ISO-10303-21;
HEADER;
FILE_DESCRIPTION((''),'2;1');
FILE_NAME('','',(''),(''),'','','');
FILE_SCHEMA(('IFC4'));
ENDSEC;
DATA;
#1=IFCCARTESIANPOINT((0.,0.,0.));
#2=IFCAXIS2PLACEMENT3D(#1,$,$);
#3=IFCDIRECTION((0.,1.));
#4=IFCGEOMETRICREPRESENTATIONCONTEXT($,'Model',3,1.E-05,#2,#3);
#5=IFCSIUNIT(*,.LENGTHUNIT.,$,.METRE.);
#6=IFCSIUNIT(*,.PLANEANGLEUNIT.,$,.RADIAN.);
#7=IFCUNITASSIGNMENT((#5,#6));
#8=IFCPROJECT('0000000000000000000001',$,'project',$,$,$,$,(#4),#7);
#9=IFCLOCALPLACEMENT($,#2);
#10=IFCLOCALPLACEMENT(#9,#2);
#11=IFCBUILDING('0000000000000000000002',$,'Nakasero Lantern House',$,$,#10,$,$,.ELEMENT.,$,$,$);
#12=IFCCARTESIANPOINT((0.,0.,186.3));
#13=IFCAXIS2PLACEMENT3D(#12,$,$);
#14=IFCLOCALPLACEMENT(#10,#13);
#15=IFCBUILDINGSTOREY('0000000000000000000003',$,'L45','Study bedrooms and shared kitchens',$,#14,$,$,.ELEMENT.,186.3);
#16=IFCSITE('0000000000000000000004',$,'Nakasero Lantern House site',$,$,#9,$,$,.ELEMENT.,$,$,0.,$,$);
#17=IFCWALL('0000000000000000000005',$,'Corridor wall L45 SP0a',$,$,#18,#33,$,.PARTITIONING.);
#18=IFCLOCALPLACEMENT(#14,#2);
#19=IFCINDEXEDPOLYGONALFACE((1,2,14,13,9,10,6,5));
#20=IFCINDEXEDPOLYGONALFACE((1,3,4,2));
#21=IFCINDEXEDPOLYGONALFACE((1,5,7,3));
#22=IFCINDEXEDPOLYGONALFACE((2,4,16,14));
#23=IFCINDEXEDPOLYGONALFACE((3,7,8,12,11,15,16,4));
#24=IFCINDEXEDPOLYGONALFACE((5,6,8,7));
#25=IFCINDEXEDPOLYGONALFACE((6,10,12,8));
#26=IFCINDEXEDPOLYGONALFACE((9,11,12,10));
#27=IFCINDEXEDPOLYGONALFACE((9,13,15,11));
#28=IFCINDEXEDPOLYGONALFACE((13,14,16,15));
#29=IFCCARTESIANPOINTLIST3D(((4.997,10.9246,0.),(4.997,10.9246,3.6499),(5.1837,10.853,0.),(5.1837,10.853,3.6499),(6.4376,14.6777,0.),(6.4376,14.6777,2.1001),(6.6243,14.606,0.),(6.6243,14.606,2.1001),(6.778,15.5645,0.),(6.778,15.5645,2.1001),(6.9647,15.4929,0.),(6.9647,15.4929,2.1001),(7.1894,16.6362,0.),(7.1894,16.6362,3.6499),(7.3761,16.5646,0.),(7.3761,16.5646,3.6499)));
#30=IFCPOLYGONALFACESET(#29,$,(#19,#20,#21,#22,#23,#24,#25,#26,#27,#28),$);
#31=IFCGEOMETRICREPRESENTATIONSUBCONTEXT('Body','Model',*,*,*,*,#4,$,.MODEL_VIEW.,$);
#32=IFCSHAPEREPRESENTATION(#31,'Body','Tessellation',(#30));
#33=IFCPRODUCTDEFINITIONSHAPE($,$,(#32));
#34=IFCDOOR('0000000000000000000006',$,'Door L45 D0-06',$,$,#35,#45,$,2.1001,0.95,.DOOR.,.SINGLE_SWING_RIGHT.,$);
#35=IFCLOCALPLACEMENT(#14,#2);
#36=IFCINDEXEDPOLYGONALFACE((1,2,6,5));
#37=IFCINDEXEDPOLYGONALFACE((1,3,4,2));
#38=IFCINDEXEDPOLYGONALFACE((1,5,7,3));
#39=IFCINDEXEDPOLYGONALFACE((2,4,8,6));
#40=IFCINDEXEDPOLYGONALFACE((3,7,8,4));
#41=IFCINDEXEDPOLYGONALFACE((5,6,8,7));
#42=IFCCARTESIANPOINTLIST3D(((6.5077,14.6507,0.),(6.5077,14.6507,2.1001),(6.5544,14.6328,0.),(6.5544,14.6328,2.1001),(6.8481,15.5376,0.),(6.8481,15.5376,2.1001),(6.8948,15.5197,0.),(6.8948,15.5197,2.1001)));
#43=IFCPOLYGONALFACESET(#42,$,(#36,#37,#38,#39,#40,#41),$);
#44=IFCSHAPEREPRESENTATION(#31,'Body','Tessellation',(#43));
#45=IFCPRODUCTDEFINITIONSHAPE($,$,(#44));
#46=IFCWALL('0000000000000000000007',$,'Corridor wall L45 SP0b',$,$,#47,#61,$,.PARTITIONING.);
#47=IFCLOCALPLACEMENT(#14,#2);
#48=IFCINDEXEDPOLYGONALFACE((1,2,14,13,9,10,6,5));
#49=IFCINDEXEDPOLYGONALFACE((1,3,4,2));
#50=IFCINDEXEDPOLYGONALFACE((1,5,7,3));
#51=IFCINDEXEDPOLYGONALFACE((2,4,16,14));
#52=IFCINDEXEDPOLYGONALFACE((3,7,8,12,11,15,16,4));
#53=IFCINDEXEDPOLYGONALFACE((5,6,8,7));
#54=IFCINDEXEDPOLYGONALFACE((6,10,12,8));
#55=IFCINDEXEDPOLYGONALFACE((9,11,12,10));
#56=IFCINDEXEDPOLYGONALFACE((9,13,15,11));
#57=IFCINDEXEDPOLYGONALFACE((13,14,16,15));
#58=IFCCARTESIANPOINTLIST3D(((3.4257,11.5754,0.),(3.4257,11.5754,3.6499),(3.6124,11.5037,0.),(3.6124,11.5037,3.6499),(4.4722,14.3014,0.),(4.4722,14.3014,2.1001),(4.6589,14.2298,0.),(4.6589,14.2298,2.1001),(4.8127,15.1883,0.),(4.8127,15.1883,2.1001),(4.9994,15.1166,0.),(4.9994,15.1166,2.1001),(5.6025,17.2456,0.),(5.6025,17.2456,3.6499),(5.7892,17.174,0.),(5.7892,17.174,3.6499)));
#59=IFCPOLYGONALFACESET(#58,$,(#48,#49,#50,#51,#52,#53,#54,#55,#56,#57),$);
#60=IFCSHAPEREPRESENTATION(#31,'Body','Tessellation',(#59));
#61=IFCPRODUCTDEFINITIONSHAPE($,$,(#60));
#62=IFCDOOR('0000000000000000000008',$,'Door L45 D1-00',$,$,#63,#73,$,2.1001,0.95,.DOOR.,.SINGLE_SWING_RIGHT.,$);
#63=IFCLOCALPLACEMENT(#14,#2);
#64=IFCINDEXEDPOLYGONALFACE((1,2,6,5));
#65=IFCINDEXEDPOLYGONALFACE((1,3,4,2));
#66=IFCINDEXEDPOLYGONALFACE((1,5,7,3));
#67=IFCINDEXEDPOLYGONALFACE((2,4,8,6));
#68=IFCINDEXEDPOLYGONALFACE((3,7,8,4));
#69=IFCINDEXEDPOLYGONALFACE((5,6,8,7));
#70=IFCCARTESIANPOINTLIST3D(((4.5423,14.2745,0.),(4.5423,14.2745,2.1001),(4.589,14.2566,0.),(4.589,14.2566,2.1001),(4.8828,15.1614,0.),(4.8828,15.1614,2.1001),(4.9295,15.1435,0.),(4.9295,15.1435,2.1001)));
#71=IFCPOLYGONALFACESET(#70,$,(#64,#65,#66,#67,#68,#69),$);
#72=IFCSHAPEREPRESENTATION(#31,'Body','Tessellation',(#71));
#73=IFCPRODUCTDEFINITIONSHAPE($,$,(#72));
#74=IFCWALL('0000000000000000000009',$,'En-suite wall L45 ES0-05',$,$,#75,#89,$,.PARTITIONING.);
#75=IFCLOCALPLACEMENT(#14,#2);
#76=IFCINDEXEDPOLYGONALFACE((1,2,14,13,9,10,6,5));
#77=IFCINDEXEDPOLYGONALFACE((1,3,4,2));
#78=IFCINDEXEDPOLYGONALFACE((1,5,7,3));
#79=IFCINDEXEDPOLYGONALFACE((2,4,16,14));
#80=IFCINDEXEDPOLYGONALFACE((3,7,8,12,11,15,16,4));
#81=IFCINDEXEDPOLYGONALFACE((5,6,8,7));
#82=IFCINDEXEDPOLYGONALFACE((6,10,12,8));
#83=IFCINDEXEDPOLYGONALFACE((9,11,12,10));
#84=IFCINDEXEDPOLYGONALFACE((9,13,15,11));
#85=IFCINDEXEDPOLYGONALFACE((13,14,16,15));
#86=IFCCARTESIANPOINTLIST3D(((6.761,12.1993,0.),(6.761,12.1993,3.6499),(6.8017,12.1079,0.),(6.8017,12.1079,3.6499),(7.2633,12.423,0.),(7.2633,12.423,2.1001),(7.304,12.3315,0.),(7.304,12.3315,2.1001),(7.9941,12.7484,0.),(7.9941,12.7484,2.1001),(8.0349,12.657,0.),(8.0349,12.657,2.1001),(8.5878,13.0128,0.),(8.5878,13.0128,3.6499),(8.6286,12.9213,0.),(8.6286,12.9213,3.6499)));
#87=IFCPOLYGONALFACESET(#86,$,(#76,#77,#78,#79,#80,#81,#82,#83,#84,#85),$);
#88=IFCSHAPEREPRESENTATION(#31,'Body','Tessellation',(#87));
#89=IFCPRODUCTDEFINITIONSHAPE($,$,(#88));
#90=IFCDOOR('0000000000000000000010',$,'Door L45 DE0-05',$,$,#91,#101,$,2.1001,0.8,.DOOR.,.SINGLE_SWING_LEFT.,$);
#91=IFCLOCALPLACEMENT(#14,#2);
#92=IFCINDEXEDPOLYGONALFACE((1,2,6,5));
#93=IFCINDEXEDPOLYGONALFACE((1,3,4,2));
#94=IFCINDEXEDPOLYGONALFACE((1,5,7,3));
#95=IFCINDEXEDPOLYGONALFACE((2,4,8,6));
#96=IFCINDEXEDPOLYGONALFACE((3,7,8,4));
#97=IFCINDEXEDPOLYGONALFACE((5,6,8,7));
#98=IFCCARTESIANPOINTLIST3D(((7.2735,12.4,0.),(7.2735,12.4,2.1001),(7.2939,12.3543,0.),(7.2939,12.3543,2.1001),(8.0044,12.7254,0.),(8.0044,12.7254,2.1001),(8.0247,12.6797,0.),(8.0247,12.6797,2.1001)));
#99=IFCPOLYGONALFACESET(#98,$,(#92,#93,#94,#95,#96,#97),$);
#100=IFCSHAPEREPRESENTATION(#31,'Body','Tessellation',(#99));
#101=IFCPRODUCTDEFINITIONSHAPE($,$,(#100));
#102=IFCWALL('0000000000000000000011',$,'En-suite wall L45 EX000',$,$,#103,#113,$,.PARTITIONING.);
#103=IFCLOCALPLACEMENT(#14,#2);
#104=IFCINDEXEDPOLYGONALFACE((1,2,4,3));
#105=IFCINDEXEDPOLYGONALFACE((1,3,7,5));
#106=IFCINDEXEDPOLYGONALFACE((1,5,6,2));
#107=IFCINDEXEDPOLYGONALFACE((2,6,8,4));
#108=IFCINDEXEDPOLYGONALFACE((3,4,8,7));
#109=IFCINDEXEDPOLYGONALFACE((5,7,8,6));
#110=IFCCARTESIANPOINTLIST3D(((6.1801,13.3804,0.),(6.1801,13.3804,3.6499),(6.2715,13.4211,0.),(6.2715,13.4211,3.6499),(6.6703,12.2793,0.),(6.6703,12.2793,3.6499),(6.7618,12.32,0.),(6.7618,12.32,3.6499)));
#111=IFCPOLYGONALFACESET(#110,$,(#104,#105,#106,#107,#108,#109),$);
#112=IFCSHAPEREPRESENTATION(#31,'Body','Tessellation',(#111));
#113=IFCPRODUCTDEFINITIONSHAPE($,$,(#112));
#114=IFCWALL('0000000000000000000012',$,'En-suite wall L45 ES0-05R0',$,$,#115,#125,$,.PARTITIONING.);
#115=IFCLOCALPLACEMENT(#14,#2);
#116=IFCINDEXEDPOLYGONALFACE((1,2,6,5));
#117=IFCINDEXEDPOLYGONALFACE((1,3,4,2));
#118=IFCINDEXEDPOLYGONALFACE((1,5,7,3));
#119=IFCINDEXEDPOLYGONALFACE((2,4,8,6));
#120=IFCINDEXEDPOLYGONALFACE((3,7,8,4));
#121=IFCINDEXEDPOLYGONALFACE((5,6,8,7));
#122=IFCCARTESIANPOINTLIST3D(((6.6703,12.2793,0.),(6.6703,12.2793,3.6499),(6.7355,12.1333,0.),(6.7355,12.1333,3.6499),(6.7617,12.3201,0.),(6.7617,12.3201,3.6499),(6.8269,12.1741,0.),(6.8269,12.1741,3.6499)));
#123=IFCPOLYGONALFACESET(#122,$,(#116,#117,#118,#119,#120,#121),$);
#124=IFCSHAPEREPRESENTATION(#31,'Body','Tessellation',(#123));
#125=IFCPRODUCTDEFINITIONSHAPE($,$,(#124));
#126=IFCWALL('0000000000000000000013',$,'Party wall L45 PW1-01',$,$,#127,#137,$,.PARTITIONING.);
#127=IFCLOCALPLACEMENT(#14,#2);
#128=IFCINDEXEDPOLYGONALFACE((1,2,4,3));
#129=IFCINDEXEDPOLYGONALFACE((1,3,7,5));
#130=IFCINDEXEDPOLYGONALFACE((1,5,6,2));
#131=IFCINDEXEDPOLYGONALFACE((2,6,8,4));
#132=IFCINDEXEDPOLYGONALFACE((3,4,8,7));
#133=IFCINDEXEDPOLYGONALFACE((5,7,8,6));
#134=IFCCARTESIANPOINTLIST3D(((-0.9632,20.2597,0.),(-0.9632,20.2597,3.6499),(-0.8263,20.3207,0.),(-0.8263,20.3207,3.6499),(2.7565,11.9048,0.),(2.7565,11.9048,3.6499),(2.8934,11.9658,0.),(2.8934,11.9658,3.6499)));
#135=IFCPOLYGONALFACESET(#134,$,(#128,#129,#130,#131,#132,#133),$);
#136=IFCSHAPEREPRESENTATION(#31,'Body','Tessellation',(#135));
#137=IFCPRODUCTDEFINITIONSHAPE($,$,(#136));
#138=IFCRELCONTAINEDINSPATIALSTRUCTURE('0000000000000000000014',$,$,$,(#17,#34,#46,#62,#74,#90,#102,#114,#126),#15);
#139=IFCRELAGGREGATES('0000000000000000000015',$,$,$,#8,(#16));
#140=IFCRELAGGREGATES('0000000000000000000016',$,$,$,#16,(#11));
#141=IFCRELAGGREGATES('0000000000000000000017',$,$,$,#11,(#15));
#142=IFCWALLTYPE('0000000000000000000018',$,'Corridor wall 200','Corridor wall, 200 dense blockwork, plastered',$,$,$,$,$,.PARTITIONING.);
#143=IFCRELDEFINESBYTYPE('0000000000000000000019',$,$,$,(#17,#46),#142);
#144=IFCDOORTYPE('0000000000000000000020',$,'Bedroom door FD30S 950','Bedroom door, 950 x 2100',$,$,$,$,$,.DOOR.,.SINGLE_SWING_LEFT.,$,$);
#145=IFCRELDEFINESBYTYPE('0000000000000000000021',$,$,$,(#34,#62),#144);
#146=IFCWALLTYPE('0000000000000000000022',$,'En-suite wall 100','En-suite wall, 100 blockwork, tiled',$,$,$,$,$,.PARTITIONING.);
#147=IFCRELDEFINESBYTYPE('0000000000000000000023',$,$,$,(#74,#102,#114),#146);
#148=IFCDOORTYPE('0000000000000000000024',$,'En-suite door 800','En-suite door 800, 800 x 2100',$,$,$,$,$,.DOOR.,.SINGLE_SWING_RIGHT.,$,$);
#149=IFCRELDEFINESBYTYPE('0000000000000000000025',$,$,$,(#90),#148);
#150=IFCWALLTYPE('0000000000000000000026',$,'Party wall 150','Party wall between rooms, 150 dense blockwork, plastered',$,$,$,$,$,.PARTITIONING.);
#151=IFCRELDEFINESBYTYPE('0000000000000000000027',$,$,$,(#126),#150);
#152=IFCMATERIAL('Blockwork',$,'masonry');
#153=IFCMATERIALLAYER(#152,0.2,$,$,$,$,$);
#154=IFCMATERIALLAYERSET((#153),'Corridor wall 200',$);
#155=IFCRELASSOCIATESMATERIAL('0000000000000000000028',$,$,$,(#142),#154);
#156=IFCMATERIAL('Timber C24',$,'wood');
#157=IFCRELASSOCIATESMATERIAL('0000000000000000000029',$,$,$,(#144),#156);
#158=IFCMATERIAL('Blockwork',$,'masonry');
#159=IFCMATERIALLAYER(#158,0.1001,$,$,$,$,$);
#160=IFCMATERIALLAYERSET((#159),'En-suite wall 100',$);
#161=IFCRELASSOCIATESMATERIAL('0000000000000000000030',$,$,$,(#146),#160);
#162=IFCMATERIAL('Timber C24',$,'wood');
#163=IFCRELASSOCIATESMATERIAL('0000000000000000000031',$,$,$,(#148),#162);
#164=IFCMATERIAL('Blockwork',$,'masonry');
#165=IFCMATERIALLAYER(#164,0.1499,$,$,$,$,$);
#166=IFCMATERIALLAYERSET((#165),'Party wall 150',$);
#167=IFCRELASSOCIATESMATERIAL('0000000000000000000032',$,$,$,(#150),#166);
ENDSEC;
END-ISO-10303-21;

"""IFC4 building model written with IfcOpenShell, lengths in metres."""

from ifc_helpers import new_model, si_unit, direction, frame, frame_2d, origin, place, context, subcontext, project, spatial, rectangle, extrude, material, layer, layer_set, type_object, element, fill, save


model = new_model("IFC4")

# Units and contexts
model_context = context("Model", 3, precision=1e-05, world=origin(), true_north=direction((0.0, 1.0)))
body_context = subcontext(model_context, "Body", "Model", "MODEL_VIEW")
ifc_project = project(units=[si_unit("LENGTHUNIT", "METRE"), si_unit("PLANEANGLEUNIT", "RADIAN")], contexts=[model_context])

# Site, building, storey
site_placement = place(None, origin())
site = spatial("IfcSite", under=ifc_project, at=site_placement, Name="Nakasero Lantern House site", CompositionType="ELEMENT", RefElevation=0.0)
building_placement = place(site_placement, origin())
building = spatial("IfcBuilding", under=site, at=building_placement, Name="Nakasero Lantern House", CompositionType="ELEMENT")
storey_placement = place(building_placement, frame((0.0, 0.0, 186.3)))
storey = spatial("IfcBuildingStorey", under=building, at=storey_placement, Name="L45", Description="Study bedrooms and shared kitchens", CompositionType="ELEMENT", Elevation=186.3)

# Shared definitions
ifc_material_1 = material(Name="Blockwork", Category="masonry")
ifc_layer_1 = layer(ifc_material_1, 0.2)
ifc_layer_set_1 = layer_set([ifc_layer_1], Name="Corridor wall 200")
wall_type_1 = type_object("IfcWallType", Name="Corridor wall 200", Description="Corridor wall, 200 dense blockwork, plastered", PredefinedType="PARTITIONING", material=ifc_layer_set_1)

# Walls, openings, doors
wall_1_placement = place(storey_placement, frame((5.0903, 10.8887, 0.0), z_axis=(0.0, 0.0, 1.0), x_axis=(0.358351, 0.933587, 0.0)))
wall_1 = element("IfcWall", 1, at=wall_1_placement, inside=storey, type_object=wall_type_1, Name="Corridor wall L45 SP0a", PredefinedType="PARTITIONING", context=body_context, shape_type="SweptSolid", body=[
    extrude(rectangle(XDim=6.1179, YDim=0.2, at=frame_2d((3.0591, 0.0))), origin(), (0.0, 0.0, 1.0), 3.6499),
])
opening_1_placement = place(wall_1_placement, frame((4.02, 0.0, 0.0)))
opening_1 = element("IfcOpeningElement", 2, at=opening_1_placement, cuts=wall_1, PredefinedType="OPENING", context=body_context, shape_type="SweptSolid", body=[
    extrude(rectangle(XDim=0.95, YDim=2.1001, at=frame_2d((0.4751, 1.05))), frame((0.0, 0.1199, 0.0), z_axis=(0.0, -1.0, 0.0), x_axis=(1.0, 0.0, 0.0)), (0.0, 0.0, 1.0), 0.24),
])
ifc_material_2 = material(Name="Timber C24", Category="wood")
door_type_1 = type_object("IfcDoorType", Name="Bedroom door FD30S 950", Description="Bedroom door, 950 x 2100", OperationType="SINGLE_SWING_LEFT", PredefinedType="DOOR", material=ifc_material_2)
door_1_placement = place(opening_1_placement, origin())
door_1 = element("IfcDoor", 3, at=door_1_placement, inside=storey, type_object=door_type_1, Name="Door L45 D0-06", OperationType="SINGLE_SWING_RIGHT", OverallHeight=2.1001, OverallWidth=0.95, PredefinedType="DOOR", context=body_context, shape_type="SweptSolid", body=[
    extrude(rectangle(XDim=0.95, YDim=2.1001, at=frame_2d((0.4751, 1.05))), frame((0.0, 0.0249, 0.0), z_axis=(0.0, -1.0, 0.0), x_axis=(1.0, 0.0, 0.0)), (0.0, 0.0, 1.0), 0.05),
])
fill(opening_1, door_1)
wall_2_placement = place(storey_placement, frame((3.519, 11.5396, 0.0), z_axis=(0.0, 0.0, 1.0), x_axis=(0.358394, 0.93357, 0.0)))
wall_2 = element("IfcWall", 4, at=wall_2_placement, inside=storey, type_object=wall_type_1, Name="Corridor wall L45 SP0b", PredefinedType="PARTITIONING", context=body_context, shape_type="SweptSolid", body=[
    extrude(rectangle(XDim=6.0737, YDim=0.2, at=frame_2d((3.0369, 0.0))), origin(), (0.0, 0.0, 1.0), 3.6499),
])
opening_2_placement = place(wall_2_placement, frame((2.9199, 0.0, 0.0)))
opening_2 = element("IfcOpeningElement", 5, at=opening_2_placement, cuts=wall_2, PredefinedType="OPENING", context=body_context, shape_type="SweptSolid", body=[
    extrude(rectangle(XDim=0.95, YDim=2.1001, at=frame_2d((0.4751, 1.05))), frame((0.0, 0.1199, 0.0), z_axis=(0.0, -1.0, 0.0), x_axis=(1.0, 0.0, 0.0)), (0.0, 0.0, 1.0), 0.24),
])
door_2_placement = place(opening_2_placement, origin())
door_2 = element("IfcDoor", 6, at=door_2_placement, inside=storey, type_object=door_type_1, Name="Door L45 D1-00", OperationType="SINGLE_SWING_RIGHT", OverallHeight=2.1001, OverallWidth=0.95, PredefinedType="DOOR", context=body_context, shape_type="SweptSolid", body=[
    extrude(rectangle(XDim=0.95, YDim=2.1001, at=frame_2d((0.4751, 1.05))), frame((0.0, 0.0249, 0.0), z_axis=(0.0, -1.0, 0.0), x_axis=(1.0, 0.0, 0.0)), (0.0, 0.0, 1.0), 0.05),
])
fill(opening_2, door_2)
ifc_material_3 = material(Name="Blockwork", Category="masonry")
ifc_layer_2 = layer(ifc_material_3, 0.1001)
ifc_layer_set_2 = layer_set([ifc_layer_2], Name="En-suite wall 100")
wall_type_2 = type_object("IfcWallType", Name="En-suite wall 100", Description="En-suite wall, 100 blockwork, tiled", PredefinedType="PARTITIONING", material=ifc_layer_set_2)
wall_3_placement = place(storey_placement, frame((6.7812, 12.1536, 0.0), z_axis=(0.0, 0.0, 1.0), x_axis=(0.913529, 0.406773, 0.0)))
wall_3 = element("IfcWall", 7, at=wall_3_placement, inside=storey, type_object=wall_type_2, Name="En-suite wall L45 ES0-05", PredefinedType="PARTITIONING", context=body_context, shape_type="SweptSolid", body=[
    extrude(rectangle(XDim=1.9998, YDim=0.1001, at=frame_2d((1.0, 0.0))), origin(), (0.0, 0.0, 1.0), 3.6499),
])
opening_3_placement = place(wall_3_placement, frame((0.55, 0.0, 0.0)))
opening_3 = element("IfcOpeningElement", 8, at=opening_3_placement, cuts=wall_3, PredefinedType="OPENING", context=body_context, shape_type="SweptSolid", body=[
    extrude(rectangle(XDim=0.8, YDim=2.1001, at=frame_2d((0.3999, 1.05))), frame((0.0, 0.0701, 0.0), z_axis=(0.0, -1.0, 0.0), x_axis=(1.0, 0.0, 0.0)), (0.0, 0.0, 1.0), 0.1401),
])
ifc_material_4 = material(Name="Timber C24", Category="wood")
door_type_2 = type_object("IfcDoorType", Name="En-suite door 800", Description="En-suite door 800, 800 x 2100", OperationType="SINGLE_SWING_RIGHT", PredefinedType="DOOR", material=ifc_material_4)
door_3_placement = place(opening_3_placement, origin())
door_3 = element("IfcDoor", 9, at=door_3_placement, inside=storey, type_object=door_type_2, Name="Door L45 DE0-05", OperationType="SINGLE_SWING_LEFT", OverallHeight=2.1001, OverallWidth=0.8, PredefinedType="DOOR", context=body_context, shape_type="SweptSolid", body=[
    extrude(rectangle(XDim=0.8, YDim=2.1001, at=frame_2d((0.3999, 1.05))), frame((0.0, 0.0249, 0.0), z_axis=(0.0, -1.0, 0.0), x_axis=(1.0, 0.0, 0.0)), (0.0, 0.0, 1.0), 0.05),
])
fill(opening_3, door_3)

# Walls
wall_4_placement = place(storey_placement, frame((6.2258, 13.4006, 0.0), z_axis=(0.0, 0.0, 1.0), x_axis=(0.40674, -0.913544, 0.0)))
element("IfcWall", 10, at=wall_4_placement, inside=storey, type_object=wall_type_2, Name="En-suite wall L45 EX000", PredefinedType="PARTITIONING", context=body_context, shape_type="SweptSolid", body=[
    extrude(rectangle(XDim=1.2053, YDim=0.1001, at=frame_2d((0.6025, 0.0))), origin(), (0.0, 0.0, 1.0), 3.6499),
])
wall_5_placement = place(storey_placement, frame((6.7812, 12.1536, 0.0), z_axis=(0.0, 0.0, 1.0), x_axis=(-0.407696, 0.913118, 0.0)))
element("IfcWall", 11, at=wall_5_placement, inside=storey, type_object=wall_type_2, Name="En-suite wall L45 ES0-05R0", PredefinedType="PARTITIONING", context=body_context, shape_type="SweptSolid", body=[
    extrude(rectangle(XDim=0.1599, YDim=0.1001, at=frame_2d((0.0801, 0.0))), origin(), (0.0, 0.0, 1.0), 3.6499),
])
ifc_material_5 = material(Name="Blockwork", Category="masonry")
ifc_layer_3 = layer(ifc_material_5, 0.1499)
ifc_layer_set_3 = layer_set([ifc_layer_3], Name="Party wall 150")
wall_type_3 = type_object("IfcWallType", Name="Party wall 150", Description="Party wall between rooms, 150 dense blockwork, plastered", PredefinedType="PARTITIONING", material=ifc_layer_set_3)
wall_6_placement = place(storey_placement, frame((2.825, 11.9353, 0.0), z_axis=(0.0, 0.0, 1.0), x_axis=(-0.406723, 0.913552, 0.0)))
element("IfcWall", 12, at=wall_6_placement, inside=storey, type_object=wall_type_3, Name="Party wall L45 PW1-01", PredefinedType="PARTITIONING", context=body_context, shape_type="SweptSolid", body=[
    extrude(rectangle(XDim=9.1455, YDim=0.1499, at=frame_2d((4.5728, 0.0))), origin(), (0.0, 0.0, 1.0), 3.6499),
])

save(model, "model.ifc")
